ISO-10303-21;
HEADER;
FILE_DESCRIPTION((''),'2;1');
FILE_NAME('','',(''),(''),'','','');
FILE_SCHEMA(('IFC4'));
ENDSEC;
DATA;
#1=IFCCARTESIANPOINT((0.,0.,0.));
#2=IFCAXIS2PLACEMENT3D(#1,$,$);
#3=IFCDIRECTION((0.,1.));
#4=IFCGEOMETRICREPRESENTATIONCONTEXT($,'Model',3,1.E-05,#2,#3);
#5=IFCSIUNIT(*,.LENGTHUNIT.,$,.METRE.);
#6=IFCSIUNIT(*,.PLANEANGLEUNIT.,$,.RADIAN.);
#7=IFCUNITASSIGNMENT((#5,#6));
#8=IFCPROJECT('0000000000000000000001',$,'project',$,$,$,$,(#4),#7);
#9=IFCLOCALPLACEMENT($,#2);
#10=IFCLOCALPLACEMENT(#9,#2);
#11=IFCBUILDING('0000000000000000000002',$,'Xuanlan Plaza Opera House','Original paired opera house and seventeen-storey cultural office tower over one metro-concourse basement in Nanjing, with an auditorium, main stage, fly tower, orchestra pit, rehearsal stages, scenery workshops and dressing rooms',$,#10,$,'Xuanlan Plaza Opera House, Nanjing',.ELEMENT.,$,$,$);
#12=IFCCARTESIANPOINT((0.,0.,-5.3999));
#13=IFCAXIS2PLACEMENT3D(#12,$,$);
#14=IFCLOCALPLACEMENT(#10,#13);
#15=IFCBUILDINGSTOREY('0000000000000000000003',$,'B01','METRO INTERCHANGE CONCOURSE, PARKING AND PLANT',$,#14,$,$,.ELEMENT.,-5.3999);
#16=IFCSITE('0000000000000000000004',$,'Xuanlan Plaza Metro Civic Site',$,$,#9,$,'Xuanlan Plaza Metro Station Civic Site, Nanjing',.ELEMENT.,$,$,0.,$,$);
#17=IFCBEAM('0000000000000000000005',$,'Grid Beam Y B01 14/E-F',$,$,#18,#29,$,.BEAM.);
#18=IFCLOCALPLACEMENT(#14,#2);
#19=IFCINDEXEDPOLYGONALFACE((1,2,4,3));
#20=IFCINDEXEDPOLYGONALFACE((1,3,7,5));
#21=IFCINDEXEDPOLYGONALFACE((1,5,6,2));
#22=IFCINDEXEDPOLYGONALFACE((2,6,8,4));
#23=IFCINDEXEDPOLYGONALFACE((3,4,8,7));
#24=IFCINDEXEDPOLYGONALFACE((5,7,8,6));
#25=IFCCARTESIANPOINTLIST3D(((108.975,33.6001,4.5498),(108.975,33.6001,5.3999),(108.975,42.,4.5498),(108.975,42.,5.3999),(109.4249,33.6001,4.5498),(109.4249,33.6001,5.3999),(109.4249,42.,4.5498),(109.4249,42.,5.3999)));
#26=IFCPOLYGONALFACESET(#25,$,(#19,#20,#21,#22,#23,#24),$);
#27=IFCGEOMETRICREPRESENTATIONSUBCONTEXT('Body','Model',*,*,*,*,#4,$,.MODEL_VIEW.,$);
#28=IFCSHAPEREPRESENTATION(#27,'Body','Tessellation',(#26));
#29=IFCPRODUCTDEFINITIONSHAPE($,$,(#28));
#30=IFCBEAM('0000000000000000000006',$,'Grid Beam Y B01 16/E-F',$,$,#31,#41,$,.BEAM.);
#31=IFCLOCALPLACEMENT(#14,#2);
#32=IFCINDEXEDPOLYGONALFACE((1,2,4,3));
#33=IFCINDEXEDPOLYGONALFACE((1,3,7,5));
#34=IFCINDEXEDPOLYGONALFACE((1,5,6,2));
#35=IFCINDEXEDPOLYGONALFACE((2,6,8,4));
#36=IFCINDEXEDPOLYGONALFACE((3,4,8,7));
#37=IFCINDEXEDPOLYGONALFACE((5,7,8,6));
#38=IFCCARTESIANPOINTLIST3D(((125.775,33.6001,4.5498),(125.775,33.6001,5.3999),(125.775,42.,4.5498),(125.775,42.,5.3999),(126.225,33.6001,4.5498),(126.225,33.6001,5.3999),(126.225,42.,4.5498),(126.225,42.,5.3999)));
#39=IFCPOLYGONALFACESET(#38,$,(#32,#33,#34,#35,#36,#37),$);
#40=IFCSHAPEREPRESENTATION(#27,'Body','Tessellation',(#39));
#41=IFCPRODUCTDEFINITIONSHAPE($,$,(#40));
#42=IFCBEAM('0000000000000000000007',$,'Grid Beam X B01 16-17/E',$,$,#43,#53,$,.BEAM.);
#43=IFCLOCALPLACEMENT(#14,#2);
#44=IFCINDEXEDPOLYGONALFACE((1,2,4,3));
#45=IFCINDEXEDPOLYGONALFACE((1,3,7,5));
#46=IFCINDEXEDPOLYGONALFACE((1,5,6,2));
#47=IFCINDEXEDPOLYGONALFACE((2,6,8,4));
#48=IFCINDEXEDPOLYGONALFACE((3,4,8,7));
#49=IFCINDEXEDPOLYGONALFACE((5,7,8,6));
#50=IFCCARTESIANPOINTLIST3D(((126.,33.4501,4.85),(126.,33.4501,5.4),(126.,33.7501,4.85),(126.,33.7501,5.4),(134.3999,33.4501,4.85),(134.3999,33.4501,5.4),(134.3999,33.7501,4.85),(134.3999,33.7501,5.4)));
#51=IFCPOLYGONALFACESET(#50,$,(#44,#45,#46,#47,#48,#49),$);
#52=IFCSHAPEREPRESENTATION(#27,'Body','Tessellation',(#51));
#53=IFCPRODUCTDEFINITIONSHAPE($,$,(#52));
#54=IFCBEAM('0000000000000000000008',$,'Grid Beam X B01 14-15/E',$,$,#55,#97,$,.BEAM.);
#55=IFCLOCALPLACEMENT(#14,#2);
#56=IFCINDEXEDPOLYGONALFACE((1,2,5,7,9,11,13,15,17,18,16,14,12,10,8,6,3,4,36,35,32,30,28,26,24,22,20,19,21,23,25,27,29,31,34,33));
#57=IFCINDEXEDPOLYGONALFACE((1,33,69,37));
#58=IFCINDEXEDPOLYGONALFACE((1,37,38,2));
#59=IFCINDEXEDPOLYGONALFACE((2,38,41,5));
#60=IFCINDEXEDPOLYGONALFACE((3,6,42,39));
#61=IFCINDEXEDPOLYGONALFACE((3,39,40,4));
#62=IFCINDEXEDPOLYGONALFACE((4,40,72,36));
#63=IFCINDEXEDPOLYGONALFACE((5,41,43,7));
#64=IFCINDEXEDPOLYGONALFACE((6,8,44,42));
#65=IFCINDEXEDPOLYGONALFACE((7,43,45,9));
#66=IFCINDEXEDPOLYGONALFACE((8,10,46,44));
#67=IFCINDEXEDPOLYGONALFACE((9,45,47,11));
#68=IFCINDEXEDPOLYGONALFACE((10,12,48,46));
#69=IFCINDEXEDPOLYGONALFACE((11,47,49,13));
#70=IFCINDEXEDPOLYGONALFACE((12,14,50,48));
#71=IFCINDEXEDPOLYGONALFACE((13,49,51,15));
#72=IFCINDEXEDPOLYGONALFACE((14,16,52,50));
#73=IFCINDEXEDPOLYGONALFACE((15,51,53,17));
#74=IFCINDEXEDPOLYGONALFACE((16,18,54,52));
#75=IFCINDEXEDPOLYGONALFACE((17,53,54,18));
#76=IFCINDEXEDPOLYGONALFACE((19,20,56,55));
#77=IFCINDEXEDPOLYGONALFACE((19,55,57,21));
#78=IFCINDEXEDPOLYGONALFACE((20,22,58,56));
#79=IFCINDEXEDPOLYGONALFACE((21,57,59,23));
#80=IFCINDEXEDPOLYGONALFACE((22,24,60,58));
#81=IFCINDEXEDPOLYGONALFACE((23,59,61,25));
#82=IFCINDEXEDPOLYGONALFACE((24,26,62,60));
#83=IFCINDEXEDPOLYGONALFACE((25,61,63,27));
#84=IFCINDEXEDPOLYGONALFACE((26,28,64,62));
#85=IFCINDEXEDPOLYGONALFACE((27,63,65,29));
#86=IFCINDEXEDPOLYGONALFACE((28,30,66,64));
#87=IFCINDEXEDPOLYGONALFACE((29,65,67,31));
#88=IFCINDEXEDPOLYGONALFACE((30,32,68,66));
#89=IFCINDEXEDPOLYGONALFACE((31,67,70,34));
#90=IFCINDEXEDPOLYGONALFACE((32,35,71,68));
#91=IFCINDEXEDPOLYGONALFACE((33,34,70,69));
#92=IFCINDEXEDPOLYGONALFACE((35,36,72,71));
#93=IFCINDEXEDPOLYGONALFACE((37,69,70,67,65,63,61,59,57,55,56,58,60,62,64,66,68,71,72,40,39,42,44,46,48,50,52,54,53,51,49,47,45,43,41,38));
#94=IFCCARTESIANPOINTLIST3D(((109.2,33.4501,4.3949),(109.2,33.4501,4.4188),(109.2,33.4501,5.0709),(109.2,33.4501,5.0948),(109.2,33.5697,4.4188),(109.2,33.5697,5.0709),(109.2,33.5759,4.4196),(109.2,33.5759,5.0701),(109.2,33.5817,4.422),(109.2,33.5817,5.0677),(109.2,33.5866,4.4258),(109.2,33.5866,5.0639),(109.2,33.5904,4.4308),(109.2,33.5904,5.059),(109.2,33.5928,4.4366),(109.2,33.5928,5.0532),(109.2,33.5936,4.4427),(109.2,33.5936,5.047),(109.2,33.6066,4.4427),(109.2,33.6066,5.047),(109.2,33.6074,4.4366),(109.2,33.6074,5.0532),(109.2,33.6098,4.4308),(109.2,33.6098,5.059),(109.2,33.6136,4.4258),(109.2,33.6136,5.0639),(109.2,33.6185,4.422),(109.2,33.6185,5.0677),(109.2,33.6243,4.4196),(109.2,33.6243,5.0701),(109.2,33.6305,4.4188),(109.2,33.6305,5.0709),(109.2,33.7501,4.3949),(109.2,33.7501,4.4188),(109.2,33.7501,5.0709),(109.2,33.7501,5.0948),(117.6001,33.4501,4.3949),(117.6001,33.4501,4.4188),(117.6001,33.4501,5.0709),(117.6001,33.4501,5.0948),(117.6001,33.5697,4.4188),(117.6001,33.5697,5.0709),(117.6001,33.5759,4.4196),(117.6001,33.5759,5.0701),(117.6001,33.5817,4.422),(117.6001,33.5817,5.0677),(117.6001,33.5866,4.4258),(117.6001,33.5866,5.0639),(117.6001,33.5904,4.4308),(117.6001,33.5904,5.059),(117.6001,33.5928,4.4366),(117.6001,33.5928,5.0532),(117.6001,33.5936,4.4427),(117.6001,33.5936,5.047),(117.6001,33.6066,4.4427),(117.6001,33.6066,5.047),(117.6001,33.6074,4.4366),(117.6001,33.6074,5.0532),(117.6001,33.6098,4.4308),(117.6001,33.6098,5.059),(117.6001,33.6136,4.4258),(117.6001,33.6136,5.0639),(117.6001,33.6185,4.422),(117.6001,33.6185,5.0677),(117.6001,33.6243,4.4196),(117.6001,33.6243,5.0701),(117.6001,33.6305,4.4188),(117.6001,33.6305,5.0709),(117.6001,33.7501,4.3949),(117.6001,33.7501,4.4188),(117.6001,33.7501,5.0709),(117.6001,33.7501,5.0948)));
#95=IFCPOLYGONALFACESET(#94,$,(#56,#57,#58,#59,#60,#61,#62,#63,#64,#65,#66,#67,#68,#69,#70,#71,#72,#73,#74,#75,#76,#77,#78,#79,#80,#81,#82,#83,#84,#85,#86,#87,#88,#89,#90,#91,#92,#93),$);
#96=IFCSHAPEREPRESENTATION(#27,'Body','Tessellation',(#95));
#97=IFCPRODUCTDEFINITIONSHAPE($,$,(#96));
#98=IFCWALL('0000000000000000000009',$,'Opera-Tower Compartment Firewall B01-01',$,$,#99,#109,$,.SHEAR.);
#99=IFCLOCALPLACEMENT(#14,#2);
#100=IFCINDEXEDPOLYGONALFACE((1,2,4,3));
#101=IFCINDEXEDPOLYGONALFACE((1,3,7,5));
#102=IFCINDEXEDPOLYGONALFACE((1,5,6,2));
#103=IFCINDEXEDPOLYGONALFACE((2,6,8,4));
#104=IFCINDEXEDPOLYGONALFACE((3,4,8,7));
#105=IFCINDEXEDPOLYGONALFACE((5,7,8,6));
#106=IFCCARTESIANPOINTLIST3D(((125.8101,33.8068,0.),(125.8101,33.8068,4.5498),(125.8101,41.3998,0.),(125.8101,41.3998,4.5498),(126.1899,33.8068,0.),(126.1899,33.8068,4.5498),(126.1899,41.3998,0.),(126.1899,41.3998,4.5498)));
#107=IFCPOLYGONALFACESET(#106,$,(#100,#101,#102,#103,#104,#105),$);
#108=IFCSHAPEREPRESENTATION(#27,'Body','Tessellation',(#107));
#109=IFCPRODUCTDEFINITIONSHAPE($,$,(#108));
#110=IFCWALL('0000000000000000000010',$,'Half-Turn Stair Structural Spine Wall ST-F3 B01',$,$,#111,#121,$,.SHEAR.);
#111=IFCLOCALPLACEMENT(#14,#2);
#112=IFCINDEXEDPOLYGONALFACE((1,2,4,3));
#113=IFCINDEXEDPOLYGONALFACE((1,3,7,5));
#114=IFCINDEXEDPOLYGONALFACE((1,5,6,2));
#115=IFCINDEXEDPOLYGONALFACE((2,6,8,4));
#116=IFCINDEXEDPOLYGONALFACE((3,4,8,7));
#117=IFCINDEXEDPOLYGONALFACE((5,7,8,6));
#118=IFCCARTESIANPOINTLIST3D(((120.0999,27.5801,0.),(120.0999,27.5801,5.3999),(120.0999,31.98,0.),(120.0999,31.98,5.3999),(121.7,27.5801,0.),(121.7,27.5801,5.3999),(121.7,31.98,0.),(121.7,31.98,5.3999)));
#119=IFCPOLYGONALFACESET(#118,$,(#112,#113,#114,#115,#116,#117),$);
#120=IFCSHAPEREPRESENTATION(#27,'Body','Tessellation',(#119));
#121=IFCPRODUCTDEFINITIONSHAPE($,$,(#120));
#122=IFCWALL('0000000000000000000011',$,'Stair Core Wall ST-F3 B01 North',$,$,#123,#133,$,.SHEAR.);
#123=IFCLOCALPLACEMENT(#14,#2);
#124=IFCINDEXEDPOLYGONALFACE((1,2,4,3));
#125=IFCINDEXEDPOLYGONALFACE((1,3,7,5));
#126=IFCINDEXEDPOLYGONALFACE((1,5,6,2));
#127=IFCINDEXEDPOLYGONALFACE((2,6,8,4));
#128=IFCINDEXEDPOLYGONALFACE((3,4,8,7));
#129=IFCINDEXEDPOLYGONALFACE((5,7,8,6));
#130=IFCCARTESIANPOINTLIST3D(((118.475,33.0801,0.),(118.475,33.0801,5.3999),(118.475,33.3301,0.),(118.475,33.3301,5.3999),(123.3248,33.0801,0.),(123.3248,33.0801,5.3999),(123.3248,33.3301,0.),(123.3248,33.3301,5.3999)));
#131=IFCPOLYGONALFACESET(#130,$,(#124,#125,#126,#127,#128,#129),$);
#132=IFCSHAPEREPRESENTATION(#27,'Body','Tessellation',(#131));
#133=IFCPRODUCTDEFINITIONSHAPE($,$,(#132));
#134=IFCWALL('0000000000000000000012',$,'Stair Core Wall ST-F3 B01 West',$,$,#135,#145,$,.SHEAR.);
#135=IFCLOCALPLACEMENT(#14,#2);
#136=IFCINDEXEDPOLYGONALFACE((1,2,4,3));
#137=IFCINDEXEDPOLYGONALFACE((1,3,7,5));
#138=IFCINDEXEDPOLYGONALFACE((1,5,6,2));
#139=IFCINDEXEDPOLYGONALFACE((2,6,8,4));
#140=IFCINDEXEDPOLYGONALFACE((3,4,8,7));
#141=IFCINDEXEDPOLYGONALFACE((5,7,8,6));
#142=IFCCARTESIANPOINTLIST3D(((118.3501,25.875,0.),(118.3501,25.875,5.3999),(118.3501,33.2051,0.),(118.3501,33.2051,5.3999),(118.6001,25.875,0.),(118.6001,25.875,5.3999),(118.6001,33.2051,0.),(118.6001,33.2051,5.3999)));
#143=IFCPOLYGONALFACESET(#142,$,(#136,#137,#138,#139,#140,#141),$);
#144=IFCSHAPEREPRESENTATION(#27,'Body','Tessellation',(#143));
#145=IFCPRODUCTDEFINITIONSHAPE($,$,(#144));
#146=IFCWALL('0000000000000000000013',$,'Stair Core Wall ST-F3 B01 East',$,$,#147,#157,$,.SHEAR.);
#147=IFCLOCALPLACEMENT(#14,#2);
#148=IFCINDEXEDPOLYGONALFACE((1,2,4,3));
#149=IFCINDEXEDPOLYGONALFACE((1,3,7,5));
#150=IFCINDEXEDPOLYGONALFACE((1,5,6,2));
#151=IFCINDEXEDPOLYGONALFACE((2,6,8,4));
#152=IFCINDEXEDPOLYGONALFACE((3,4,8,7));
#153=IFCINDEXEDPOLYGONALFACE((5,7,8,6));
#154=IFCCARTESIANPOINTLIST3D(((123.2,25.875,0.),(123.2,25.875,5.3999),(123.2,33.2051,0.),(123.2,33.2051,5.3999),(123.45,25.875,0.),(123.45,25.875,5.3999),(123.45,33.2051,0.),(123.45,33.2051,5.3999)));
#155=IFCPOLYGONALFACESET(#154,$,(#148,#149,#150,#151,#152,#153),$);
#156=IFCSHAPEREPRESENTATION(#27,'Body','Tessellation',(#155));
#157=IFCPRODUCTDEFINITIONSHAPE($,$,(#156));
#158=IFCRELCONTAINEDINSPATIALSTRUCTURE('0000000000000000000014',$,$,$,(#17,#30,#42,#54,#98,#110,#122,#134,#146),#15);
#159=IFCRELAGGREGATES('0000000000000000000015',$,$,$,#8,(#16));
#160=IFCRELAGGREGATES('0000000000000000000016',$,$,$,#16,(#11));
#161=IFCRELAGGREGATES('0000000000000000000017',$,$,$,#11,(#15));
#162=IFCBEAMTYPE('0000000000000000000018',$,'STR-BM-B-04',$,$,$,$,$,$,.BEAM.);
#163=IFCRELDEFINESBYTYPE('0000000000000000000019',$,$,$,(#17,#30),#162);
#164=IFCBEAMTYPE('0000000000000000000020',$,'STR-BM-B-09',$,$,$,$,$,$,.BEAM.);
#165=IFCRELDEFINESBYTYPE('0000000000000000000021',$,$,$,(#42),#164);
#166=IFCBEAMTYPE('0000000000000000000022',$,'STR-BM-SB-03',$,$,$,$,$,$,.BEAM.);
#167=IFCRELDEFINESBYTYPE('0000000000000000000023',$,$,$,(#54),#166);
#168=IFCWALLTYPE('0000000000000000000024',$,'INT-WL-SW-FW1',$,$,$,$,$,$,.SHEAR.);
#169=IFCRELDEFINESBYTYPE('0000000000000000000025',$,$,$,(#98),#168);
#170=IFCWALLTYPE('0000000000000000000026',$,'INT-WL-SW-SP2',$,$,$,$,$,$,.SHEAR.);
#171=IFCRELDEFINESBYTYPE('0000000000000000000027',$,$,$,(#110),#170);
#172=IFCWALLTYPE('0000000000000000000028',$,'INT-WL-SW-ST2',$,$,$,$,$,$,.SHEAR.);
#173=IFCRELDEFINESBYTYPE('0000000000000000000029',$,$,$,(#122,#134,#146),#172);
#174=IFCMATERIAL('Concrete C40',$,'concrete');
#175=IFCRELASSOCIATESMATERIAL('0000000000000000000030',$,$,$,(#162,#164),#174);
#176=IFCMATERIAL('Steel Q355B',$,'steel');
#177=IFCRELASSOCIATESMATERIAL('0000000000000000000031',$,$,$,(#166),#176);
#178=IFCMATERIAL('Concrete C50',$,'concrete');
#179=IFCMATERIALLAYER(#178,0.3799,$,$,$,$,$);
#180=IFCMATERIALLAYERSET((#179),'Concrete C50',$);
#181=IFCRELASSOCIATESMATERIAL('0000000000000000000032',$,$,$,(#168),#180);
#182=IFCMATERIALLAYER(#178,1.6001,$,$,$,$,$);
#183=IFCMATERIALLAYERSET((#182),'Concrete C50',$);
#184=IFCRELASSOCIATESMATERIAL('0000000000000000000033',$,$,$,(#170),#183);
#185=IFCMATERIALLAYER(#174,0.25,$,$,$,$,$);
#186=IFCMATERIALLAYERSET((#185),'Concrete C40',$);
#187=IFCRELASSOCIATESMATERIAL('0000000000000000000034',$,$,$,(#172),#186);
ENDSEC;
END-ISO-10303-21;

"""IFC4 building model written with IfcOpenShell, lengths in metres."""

from ifc_helpers import new_model, si_unit, direction, frame, frame_2d, origin, origin_2d, place, context, subcontext, project, spatial, rectangle, i_section, extrude, material, layer, layer_set, material_profile, profile_set, type_object, element, save


model = new_model("IFC4")

# Units and contexts
model_context = context("Model", 3, precision=1e-05, world=origin(), true_north=direction((0.0, 1.0)))
body_context = subcontext(model_context, "Body", "Model", "MODEL_VIEW")
ifc_project = project(units=[si_unit("LENGTHUNIT", "METRE"), si_unit("PLANEANGLEUNIT", "RADIAN")], contexts=[model_context])

# Site, building, storey
site_placement = place(None, origin())
site = spatial("IfcSite", under=ifc_project, at=site_placement, Name="Xuanlan Plaza Metro Civic Site", LongName="Xuanlan Plaza Metro Station Civic Site, Nanjing", CompositionType="ELEMENT", RefElevation=0.0)
building_placement = place(site_placement, origin())
building = spatial("IfcBuilding", under=site, at=building_placement, Name="Xuanlan Plaza Opera House", Description="Original paired opera house and seventeen-storey cultural office tower over one metro-concourse basement in Nanjing, with an auditorium, main stage, fly tower, orchestra pit, rehearsal stages, scenery workshops and dressing rooms", LongName="Xuanlan Plaza Opera House, Nanjing", CompositionType="ELEMENT")
storey_placement = place(building_placement, frame((0.0, 0.0, -5.3999)))
storey = spatial("IfcBuildingStorey", under=building, at=storey_placement, Name="B01", Description="METRO INTERCHANGE CONCOURSE, PARKING AND PLANT", CompositionType="ELEMENT", Elevation=-5.3999)

# Shared definitions
ifc_material_1 = material(Name="Concrete C50", Category="concrete")

# Shared definitions
ifc_material_2 = material(Name="Concrete C40", Category="concrete")

# Beams
ifc_material_profile_1 = material_profile(ifc_material_2, rectangle(XDim=0.45, YDim=0.8501, at=origin_2d()), Name="RC-BM 450x850")
ifc_profile_set_1 = profile_set([ifc_material_profile_1], Name="Concrete C40")
beam_type_1 = type_object("IfcBeamType", Name="STR-BM-B-04", PredefinedType="BEAM", material=ifc_profile_set_1)
for number, where, z_axis, x_axis, name in (
    (1, (109.2, 33.6001, 4.9749), (0.0, 1.0, 0.0), (-1.0, 0.0, 0.0), "Grid Beam Y B01 14/E-F"),
    (2, (126.0, 33.6001, 4.9749), (0.0, 1.0, 0.0), (-1.0, 0.0, 0.0), "Grid Beam Y B01 16/E-F"),
):
    element("IfcBeam", number, at=place(storey_placement, frame(where, z_axis=z_axis, x_axis=x_axis)), inside=storey, type_object=beam_type_1, Name=name, PredefinedType="BEAM", context=body_context, shape_type="SweptSolid", body=[
        extrude(rectangle(XDim=0.45, YDim=0.8501, at=origin_2d()), origin(), (0.0, 0.0, 1.0), 8.3999),
    ])
ifc_material_profile_2 = material_profile(ifc_material_2, rectangle(XDim=0.3, YDim=0.55, at=origin_2d()), Name="RC-BM 300x550")
ifc_profile_set_2 = profile_set([ifc_material_profile_2], Name="Concrete C40")
beam_type_2 = type_object("IfcBeamType", Name="STR-BM-B-09", PredefinedType="BEAM", material=ifc_profile_set_2)
beam_1_placement = place(storey_placement, frame((126.0, 33.6001, 5.125), z_axis=(1.0, 0.0, 0.0), x_axis=(0.0, 1.0, 0.0)))
element("IfcBeam", 3, at=beam_1_placement, inside=storey, type_object=beam_type_2, Name="Grid Beam X B01 16-17/E", PredefinedType="BEAM", context=body_context, shape_type="SweptSolid", body=[
    extrude(rectangle(XDim=0.3, YDim=0.55, at=origin_2d()), origin(), (0.0, 0.0, 1.0), 8.3999),
])
ifc_material_3 = material(Name="Steel Q355B", Category="steel")
ifc_material_profile_3 = material_profile(ifc_material_3, i_section(OverallWidth=0.3, OverallDepth=0.7, WebThickness=0.0129, FlangeThickness=0.0239, FilletRadius=0.0239, at=origin_2d()), Name="HN 700x300x13x24")
ifc_profile_set_3 = profile_set([ifc_material_profile_3], Name="Steel Q355B")
beam_type_3 = type_object("IfcBeamType", Name="STR-BM-SB-03", PredefinedType="BEAM", material=ifc_profile_set_3)
beam_2_placement = place(storey_placement, frame((109.2, 33.6001, 4.7449), z_axis=(1.0, 0.0, 0.0), x_axis=(0.0, 1.0, 0.0)))
element("IfcBeam", 4, at=beam_2_placement, inside=storey, type_object=beam_type_3, Name="Grid Beam X B01 14-15/E", PredefinedType="BEAM", context=body_context, shape_type="SweptSolid", body=[
    extrude(i_section(OverallWidth=0.3, OverallDepth=0.7, WebThickness=0.0129, FlangeThickness=0.0239, FilletRadius=0.0239, at=origin_2d()), origin(), (0.0, 0.0, 1.0), 8.4001),
])

# Walls
ifc_layer_1 = layer(ifc_material_1, 0.3799)
ifc_layer_set_1 = layer_set([ifc_layer_1], Name="Concrete C50")
wall_type_1 = type_object("IfcWallType", Name="INT-WL-SW-FW1", PredefinedType="SHEAR", material=ifc_layer_set_1)
wall_1_placement = place(storey_placement, frame((126.0, 33.8069, 0.0), z_axis=(0.0, 0.0, 1.0), x_axis=(0.0, 1.0, 0.0)))
element("IfcWall", 5, at=wall_1_placement, inside=storey, type_object=wall_type_1, Name="Opera-Tower Compartment Firewall B01-01", PredefinedType="SHEAR", context=body_context, shape_type="SweptSolid", body=[
    extrude(rectangle(XDim=7.593, YDim=0.3799, at=frame_2d((3.7964, 0.0))), origin(), (0.0, 0.0, 1.0), 4.5498),
])
ifc_layer_2 = layer(ifc_material_1, 1.6001)
ifc_layer_set_2 = layer_set([ifc_layer_2], Name="Concrete C50")
wall_type_2 = type_object("IfcWallType", Name="INT-WL-SW-SP2", PredefinedType="SHEAR", material=ifc_layer_set_2)
wall_2_placement = place(storey_placement, frame((120.8999, 27.5801, 0.0), z_axis=(0.0, 0.0, 1.0), x_axis=(0.0, 1.0, 0.0)))
element("IfcWall", 6, at=wall_2_placement, inside=storey, type_object=wall_type_2, Name="Half-Turn Stair Structural Spine Wall ST-F3 B01", PredefinedType="SHEAR", context=body_context, shape_type="SweptSolid", body=[
    extrude(rectangle(XDim=4.3999, YDim=1.6001, at=frame_2d((2.2, 0.0))), origin(), (0.0, 0.0, 1.0), 5.3999),
])

# Shared definitions
ifc_layer_3 = layer(ifc_material_2, 0.25)
ifc_layer_set_3 = layer_set([ifc_layer_3], Name="Concrete C40")
wall_type_3 = type_object("IfcWallType", Name="INT-WL-SW-ST2", PredefinedType="SHEAR", material=ifc_layer_set_3)

# Walls
wall_3_placement = place(storey_placement, frame((118.4751, 33.2051, 0.0), z_axis=(0.0, 0.0, 1.0), x_axis=(1.0, 0.0, 0.0)))
element("IfcWall", 7, at=wall_3_placement, inside=storey, type_object=wall_type_3, Name="Stair Core Wall ST-F3 B01 North", PredefinedType="SHEAR", context=body_context, shape_type="SweptSolid", body=[
    extrude(rectangle(XDim=4.8499, YDim=0.25, at=frame_2d((2.4248, 0.0))), origin(), (0.0, 0.0, 1.0), 5.3999),
])
for number, where, z_axis, x_axis, name in (
    (8, (118.4751, 25.875, 0.0), (0.0, 0.0, 1.0), (0.0, 1.0, 0.0), "Stair Core Wall ST-F3 B01 West"),
    (9, (123.325, 25.875, 0.0), (0.0, 0.0, 1.0), (0.0, 1.0, 0.0), "Stair Core Wall ST-F3 B01 East"),
):
    element("IfcWall", number, at=place(storey_placement, frame(where, z_axis=z_axis, x_axis=x_axis)), inside=storey, type_object=wall_type_3, Name=name, PredefinedType="SHEAR", context=body_context, shape_type="SweptSolid", body=[
        extrude(rectangle(XDim=7.3301, YDim=0.25, at=frame_2d((3.665, 0.0))), origin(), (0.0, 0.0, 1.0), 5.3999),
    ])

save(model, "model.ifc")
